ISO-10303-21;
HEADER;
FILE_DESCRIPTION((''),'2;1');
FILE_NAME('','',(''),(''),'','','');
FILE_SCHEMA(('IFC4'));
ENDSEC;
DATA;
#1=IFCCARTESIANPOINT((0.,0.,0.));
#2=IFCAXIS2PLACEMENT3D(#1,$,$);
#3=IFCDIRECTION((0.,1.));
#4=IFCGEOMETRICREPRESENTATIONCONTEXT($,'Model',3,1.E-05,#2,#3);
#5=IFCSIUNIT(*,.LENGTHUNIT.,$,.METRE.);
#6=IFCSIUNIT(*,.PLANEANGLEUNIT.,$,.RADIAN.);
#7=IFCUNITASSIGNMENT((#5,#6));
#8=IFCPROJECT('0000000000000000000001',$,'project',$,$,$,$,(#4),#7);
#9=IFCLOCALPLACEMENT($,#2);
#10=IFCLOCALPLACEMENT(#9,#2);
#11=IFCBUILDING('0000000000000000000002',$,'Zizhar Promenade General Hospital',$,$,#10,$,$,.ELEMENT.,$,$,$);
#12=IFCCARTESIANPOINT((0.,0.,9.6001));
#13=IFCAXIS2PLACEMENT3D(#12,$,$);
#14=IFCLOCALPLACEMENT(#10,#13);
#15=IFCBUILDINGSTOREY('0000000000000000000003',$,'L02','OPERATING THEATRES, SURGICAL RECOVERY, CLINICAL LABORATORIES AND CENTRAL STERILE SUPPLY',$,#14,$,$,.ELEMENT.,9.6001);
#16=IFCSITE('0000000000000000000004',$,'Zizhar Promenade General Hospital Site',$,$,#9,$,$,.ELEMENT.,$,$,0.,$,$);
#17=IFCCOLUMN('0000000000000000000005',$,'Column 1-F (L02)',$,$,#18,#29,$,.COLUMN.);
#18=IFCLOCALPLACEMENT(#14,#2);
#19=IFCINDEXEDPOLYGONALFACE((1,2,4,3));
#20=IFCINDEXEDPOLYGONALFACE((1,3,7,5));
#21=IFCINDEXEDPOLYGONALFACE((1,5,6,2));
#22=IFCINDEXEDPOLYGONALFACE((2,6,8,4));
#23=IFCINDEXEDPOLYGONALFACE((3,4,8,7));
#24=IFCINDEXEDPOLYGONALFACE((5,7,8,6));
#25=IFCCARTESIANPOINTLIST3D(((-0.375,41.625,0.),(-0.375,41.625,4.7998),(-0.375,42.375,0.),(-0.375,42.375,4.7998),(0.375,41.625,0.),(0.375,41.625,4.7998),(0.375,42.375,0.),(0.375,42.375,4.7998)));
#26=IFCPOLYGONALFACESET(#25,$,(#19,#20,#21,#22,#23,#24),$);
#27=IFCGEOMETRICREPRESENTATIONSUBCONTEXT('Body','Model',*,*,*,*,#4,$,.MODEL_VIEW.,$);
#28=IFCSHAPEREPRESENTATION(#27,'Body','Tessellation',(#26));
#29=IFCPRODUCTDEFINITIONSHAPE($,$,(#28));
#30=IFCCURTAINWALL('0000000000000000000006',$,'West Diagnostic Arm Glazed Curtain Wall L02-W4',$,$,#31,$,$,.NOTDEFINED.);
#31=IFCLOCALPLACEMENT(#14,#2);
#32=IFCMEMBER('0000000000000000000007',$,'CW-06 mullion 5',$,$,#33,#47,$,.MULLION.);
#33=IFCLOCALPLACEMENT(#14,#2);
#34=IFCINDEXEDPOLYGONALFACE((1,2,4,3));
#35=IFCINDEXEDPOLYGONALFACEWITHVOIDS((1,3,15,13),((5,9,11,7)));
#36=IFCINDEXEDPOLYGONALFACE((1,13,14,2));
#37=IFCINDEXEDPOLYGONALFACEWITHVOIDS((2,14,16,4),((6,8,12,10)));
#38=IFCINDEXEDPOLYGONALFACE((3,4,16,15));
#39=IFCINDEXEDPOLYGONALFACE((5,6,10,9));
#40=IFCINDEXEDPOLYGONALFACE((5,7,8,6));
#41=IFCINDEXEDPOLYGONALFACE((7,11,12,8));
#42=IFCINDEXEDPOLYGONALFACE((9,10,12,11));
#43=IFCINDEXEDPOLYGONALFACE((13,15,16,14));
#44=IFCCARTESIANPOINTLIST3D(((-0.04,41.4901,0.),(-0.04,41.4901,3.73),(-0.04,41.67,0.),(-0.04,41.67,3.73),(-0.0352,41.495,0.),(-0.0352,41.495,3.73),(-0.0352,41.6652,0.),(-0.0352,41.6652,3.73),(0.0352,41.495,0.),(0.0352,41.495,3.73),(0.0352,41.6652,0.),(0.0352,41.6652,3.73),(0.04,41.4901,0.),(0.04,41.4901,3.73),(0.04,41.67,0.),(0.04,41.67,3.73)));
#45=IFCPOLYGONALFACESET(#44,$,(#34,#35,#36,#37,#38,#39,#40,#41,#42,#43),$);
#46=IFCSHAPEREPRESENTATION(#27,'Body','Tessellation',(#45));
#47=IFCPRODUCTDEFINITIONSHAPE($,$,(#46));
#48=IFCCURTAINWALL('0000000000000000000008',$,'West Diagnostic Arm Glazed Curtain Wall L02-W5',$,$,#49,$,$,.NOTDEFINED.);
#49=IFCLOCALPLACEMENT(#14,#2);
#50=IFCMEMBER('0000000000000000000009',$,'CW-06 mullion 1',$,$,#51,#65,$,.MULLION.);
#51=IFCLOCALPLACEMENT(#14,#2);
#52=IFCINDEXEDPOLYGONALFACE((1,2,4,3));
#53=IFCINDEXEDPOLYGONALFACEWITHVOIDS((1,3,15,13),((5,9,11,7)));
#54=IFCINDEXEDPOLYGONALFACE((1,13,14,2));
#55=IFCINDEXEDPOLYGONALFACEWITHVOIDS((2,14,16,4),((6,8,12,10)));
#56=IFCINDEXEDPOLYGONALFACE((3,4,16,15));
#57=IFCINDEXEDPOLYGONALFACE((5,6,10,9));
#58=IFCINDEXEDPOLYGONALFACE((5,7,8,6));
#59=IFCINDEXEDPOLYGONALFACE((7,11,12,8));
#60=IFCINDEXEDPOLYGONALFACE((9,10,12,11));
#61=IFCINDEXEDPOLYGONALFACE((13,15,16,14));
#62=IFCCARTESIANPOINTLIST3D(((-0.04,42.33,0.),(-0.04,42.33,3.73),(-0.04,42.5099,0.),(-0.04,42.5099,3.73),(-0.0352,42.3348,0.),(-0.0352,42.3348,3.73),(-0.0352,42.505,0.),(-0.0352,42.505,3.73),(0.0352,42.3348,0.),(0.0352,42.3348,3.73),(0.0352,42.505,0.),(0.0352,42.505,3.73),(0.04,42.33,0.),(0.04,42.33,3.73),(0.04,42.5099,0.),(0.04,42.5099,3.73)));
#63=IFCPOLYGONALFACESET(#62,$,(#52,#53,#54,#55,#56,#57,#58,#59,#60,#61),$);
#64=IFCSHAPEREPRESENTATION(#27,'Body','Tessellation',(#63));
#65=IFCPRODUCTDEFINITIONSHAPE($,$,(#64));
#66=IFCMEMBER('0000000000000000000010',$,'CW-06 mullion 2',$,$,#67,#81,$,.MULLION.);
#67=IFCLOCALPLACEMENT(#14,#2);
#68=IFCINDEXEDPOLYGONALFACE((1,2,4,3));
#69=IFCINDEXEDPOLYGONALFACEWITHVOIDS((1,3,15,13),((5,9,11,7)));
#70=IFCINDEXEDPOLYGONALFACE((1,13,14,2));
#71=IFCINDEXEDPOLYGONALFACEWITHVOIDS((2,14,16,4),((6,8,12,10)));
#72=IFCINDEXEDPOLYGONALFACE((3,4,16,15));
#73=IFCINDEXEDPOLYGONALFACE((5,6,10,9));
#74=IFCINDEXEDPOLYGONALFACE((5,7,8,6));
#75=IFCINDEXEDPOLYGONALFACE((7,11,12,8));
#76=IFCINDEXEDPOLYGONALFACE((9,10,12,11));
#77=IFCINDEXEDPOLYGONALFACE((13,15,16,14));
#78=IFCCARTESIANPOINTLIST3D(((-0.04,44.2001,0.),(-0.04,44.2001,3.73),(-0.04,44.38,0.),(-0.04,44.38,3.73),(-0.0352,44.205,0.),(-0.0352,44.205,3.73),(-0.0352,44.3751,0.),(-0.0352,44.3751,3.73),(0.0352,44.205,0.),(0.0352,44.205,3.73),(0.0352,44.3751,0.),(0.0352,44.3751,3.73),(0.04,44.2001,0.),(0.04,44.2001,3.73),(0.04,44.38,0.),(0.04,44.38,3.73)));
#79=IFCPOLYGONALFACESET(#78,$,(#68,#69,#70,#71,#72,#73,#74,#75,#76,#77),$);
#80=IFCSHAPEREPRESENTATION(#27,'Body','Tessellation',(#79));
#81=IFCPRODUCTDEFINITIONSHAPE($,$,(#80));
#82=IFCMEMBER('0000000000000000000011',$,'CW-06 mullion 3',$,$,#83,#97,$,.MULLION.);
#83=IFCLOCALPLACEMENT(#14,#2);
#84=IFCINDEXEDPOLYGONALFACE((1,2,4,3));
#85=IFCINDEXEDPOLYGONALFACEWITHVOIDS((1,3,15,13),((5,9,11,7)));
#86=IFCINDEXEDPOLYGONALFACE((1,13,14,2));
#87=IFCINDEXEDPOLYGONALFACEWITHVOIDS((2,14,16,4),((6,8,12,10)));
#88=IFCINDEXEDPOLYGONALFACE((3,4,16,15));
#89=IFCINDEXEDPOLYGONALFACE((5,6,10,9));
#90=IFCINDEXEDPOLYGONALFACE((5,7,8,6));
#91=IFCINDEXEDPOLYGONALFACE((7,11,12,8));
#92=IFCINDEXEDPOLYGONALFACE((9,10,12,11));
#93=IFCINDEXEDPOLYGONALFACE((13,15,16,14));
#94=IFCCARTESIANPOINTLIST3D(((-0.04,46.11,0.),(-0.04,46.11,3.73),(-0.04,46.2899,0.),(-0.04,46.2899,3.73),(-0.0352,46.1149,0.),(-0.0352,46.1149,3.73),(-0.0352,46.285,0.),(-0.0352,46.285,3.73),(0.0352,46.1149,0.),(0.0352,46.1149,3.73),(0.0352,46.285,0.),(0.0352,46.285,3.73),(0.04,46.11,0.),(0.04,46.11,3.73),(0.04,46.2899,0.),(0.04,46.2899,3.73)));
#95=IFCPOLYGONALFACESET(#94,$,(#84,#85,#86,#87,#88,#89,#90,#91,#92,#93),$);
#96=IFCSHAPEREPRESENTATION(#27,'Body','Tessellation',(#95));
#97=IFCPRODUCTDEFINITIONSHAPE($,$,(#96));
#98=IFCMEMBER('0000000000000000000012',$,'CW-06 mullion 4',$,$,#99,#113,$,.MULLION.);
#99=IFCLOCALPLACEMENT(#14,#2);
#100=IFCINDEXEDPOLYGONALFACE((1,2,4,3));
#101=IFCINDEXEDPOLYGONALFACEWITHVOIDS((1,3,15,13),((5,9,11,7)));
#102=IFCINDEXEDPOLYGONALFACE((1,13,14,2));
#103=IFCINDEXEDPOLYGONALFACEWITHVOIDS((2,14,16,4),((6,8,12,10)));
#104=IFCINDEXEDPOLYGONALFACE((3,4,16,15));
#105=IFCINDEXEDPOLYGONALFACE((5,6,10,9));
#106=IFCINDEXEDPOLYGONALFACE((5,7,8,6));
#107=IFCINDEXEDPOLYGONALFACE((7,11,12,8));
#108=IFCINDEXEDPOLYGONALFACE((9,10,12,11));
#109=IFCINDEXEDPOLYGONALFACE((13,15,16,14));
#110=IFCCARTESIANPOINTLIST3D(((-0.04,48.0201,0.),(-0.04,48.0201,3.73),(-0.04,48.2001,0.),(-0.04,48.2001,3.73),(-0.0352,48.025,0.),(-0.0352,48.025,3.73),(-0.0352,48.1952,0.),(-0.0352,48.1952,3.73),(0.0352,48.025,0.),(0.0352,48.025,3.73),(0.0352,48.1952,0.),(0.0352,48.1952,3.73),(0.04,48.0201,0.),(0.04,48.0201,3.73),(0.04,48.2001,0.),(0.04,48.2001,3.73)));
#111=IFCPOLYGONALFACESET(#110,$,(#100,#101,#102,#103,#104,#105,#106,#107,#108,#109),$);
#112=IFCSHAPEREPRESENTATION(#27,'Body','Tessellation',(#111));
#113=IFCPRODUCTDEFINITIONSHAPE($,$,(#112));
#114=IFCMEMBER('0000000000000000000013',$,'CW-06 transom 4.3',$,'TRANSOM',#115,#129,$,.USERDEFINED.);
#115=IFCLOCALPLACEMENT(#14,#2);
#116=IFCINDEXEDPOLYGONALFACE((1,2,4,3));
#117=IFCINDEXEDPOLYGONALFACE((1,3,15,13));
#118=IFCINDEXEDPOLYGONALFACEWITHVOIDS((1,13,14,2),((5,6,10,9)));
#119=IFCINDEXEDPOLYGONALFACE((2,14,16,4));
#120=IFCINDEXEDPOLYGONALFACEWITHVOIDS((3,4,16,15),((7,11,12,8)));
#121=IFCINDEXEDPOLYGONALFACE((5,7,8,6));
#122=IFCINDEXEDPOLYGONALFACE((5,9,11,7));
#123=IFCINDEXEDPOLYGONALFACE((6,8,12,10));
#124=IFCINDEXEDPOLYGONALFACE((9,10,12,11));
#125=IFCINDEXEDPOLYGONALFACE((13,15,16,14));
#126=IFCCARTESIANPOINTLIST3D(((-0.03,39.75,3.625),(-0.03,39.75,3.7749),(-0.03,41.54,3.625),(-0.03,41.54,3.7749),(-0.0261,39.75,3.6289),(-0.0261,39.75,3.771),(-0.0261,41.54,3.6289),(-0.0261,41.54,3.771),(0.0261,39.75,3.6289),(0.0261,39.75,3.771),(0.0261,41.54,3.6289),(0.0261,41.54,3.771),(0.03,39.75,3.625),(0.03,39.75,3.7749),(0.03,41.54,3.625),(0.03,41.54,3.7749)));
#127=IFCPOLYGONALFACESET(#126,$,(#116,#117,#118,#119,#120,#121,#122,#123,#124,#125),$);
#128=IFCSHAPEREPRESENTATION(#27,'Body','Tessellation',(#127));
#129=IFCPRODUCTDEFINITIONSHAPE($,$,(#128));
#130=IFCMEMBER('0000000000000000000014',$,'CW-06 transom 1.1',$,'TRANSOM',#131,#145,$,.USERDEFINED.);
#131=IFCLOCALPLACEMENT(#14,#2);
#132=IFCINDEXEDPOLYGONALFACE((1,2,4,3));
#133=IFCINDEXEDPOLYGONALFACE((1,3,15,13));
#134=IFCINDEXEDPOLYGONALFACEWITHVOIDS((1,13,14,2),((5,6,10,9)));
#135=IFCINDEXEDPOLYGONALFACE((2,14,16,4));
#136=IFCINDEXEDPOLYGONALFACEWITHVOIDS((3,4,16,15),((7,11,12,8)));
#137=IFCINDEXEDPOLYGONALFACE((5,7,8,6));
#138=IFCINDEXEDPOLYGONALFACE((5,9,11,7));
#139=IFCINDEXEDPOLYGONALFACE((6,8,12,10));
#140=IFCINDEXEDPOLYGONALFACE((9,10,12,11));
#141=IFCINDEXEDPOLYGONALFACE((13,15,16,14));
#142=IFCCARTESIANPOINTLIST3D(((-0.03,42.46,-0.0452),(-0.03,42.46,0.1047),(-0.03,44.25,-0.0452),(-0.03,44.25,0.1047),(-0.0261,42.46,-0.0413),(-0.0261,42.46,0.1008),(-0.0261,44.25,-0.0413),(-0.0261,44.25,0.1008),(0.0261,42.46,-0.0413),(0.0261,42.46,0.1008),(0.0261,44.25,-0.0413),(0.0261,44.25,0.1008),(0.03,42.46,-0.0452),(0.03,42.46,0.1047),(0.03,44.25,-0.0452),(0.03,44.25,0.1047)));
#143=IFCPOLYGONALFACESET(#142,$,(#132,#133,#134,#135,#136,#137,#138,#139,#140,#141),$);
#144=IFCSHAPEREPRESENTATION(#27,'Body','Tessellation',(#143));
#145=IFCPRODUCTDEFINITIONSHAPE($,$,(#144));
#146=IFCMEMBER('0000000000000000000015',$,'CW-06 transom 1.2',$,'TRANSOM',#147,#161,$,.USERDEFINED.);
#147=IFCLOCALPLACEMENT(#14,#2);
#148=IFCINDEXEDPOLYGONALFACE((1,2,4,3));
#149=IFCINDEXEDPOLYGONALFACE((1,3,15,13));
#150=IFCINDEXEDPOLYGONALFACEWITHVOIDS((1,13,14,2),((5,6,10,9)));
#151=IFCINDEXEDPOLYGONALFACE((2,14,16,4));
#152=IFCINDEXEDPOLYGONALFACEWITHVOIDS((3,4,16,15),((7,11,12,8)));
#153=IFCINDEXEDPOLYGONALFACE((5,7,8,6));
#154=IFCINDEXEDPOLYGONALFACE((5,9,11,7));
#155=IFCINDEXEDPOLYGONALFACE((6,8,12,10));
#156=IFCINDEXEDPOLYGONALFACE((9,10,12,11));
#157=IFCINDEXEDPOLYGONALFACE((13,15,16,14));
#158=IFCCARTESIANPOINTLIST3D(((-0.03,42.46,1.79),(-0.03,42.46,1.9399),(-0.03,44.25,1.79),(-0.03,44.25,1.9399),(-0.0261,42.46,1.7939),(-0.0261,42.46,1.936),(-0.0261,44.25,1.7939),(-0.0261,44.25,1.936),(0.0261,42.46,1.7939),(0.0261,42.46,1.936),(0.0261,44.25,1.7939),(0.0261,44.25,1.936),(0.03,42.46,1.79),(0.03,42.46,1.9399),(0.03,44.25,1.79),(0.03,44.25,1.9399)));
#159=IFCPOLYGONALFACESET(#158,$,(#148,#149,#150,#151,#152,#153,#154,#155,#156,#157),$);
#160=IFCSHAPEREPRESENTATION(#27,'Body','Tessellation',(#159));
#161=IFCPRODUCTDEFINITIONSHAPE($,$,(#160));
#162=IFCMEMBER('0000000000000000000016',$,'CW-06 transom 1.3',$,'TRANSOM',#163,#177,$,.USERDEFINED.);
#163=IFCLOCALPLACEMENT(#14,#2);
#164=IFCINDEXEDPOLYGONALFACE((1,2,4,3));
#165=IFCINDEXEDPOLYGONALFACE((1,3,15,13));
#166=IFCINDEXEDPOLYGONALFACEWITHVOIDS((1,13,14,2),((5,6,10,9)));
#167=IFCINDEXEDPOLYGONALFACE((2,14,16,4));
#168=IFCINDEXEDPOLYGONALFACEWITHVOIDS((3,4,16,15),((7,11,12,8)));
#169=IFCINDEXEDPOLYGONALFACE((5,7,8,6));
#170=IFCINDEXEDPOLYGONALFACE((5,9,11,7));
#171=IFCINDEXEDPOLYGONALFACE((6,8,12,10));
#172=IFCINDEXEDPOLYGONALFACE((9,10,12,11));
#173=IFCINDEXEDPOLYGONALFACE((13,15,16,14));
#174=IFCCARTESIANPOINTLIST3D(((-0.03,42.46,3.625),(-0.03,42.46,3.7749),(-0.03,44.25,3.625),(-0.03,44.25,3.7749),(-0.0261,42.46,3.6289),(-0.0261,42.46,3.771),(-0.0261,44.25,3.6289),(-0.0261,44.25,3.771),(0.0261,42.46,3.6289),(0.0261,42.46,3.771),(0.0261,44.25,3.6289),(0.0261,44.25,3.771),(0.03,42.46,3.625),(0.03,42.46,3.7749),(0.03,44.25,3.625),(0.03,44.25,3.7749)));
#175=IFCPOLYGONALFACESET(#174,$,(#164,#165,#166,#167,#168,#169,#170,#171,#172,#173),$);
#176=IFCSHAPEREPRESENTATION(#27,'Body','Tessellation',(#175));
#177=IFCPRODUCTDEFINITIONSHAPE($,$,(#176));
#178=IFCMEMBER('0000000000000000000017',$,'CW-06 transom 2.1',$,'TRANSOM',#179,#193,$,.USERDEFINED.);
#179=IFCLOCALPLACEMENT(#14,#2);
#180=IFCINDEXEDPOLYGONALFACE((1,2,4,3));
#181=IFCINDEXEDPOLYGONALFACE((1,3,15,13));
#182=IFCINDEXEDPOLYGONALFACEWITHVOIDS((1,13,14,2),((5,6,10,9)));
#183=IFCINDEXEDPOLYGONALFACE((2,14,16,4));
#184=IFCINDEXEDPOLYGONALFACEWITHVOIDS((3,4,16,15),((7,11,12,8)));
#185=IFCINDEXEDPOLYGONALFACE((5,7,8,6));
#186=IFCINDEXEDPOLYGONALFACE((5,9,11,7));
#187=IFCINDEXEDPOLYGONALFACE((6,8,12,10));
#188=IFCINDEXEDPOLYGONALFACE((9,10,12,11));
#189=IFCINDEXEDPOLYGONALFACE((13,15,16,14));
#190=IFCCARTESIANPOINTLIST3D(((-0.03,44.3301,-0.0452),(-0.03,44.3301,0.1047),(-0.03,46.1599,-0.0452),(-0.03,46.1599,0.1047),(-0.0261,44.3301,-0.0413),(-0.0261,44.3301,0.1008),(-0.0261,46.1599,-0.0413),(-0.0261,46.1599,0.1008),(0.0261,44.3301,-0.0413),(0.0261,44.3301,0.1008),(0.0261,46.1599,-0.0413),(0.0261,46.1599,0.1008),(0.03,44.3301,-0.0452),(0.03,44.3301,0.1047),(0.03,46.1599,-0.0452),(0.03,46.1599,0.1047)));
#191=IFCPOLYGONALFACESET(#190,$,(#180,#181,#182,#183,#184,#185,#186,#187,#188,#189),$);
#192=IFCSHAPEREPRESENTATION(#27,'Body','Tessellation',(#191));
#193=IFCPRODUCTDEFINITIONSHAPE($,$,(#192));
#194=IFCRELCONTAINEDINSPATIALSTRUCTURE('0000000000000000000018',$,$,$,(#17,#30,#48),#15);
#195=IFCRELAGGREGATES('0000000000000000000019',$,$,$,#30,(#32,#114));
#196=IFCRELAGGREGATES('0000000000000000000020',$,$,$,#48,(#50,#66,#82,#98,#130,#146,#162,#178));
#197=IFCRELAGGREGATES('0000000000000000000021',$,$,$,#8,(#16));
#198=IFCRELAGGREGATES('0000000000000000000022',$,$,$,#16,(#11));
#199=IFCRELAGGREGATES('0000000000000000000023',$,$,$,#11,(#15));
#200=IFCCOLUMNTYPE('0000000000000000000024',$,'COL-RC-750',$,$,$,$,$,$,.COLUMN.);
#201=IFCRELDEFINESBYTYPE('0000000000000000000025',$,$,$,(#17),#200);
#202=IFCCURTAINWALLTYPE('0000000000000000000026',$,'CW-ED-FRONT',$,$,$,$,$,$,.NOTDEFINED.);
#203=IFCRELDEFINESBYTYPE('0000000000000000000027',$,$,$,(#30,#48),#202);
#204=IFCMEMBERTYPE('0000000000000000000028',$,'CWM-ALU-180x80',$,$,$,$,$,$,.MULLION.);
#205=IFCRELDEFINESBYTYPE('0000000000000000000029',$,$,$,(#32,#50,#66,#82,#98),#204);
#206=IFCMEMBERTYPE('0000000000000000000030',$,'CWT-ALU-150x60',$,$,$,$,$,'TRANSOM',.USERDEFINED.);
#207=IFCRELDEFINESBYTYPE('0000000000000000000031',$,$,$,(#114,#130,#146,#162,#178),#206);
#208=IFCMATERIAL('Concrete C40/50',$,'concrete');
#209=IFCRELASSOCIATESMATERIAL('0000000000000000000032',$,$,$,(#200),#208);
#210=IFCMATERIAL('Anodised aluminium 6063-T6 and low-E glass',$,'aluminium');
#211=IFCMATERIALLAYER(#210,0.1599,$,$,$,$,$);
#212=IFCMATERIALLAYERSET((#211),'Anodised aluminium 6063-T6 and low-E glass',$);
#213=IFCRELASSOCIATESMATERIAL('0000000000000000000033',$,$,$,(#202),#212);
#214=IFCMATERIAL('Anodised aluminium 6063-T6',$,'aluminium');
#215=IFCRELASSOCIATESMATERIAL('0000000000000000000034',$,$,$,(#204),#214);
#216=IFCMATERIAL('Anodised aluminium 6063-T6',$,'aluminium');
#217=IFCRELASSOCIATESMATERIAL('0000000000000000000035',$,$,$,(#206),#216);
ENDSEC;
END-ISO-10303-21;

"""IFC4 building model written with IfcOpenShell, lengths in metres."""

from ifc_helpers import new_model, si_unit, direction, frame, origin, origin_2d, place, context, subcontext, project, spatial, rectangle, hollow_rectangle, extrude, material, layer, layer_set, material_profile, profile_set, type_object, element, aggregate, save


model = new_model("IFC4")

# Units and contexts
model_context = context("Model", 3, precision=1e-05, world=origin(), true_north=direction((0.0, 1.0)))
body_context = subcontext(model_context, "Body", "Model", "MODEL_VIEW")
ifc_project = project(units=[si_unit("LENGTHUNIT", "METRE"), si_unit("PLANEANGLEUNIT", "RADIAN")], contexts=[model_context])

# Site, building, storey
site_placement = place(None, origin())
site = spatial("IfcSite", under=ifc_project, at=site_placement, Name="Zizhar Promenade General Hospital Site", CompositionType="ELEMENT", RefElevation=0.0)
building_placement = place(site_placement, origin())
building = spatial("IfcBuilding", under=site, at=building_placement, Name="Zizhar Promenade General Hospital", CompositionType="ELEMENT")
storey_placement = place(building_placement, frame((0.0, 0.0, 9.6001)))
storey = spatial("IfcBuildingStorey", under=building, at=storey_placement, Name="L02", Description="OPERATING THEATRES, SURGICAL RECOVERY, CLINICAL LABORATORIES AND CENTRAL STERILE SUPPLY", CompositionType="ELEMENT", Elevation=9.6001)

# Column
ifc_material_1 = material(Name="Concrete C40/50", Category="concrete")
ifc_material_profile_1 = material_profile(ifc_material_1, rectangle(XDim=0.75, YDim=0.75, at=origin_2d()))
ifc_profile_set_1 = profile_set([ifc_material_profile_1], Name="Concrete C40/50")
column_type = type_object("IfcColumnType", Name="COL-RC-750", PredefinedType="COLUMN", material=ifc_profile_set_1)
column_placement = place(storey_placement, frame((0.0, 42.0, 0.0), z_axis=(0.0, 0.0, 1.0), x_axis=(1.0, 0.0, 0.0)))
element("IfcColumn", 1, at=column_placement, inside=storey, type_object=column_type, Name="Column 1-F (L02)", PredefinedType="COLUMN", context=body_context, shape_type="SweptSolid", body=[
    extrude(rectangle(XDim=0.75, YDim=0.75, at=origin_2d()), origin(), (0.0, 0.0, 1.0), 4.7998),
])

# Curtain wall, member
ifc_material_2 = material(Name="Anodised aluminium 6063-T6 and low-E glass", Category="aluminium")
ifc_layer_1 = layer(ifc_material_2, 0.1599)
ifc_layer_set_1 = layer_set([ifc_layer_1], Name="Anodised aluminium 6063-T6 and low-E glass")
curtain_wall_type = type_object("IfcCurtainWallType", Name="CW-ED-FRONT", PredefinedType="NOTDEFINED", material=ifc_layer_set_1)
curtain_wall_1_placement = place(storey_placement, origin())
curtain_wall_1 = element("IfcCurtainWall", 2, at=curtain_wall_1_placement, inside=storey, type_object=curtain_wall_type, Name="West Diagnostic Arm Glazed Curtain Wall L02-W4", PredefinedType="NOTDEFINED")
ifc_material_3 = material(Name="Anodised aluminium 6063-T6", Category="aluminium")
ifc_material_profile_2 = material_profile(ifc_material_3, hollow_rectangle(XDim=0.0801, YDim=0.1799, WallThickness=0.0049, at=origin_2d()))
ifc_profile_set_2 = profile_set([ifc_material_profile_2], Name="Anodised aluminium 6063-T6")
member_type_1 = type_object("IfcMemberType", Name="CWM-ALU-180x80", PredefinedType="MULLION", material=ifc_profile_set_2)
member_1_placement = place(storey_placement, frame((0.0, 41.5801, 0.0), z_axis=(0.0, 0.0, 1.0), x_axis=(-1.0, 0.0, 0.0)))
member_1 = element("IfcMember", 3, at=member_1_placement, type_object=member_type_1, Name="CW-06 mullion 5", PredefinedType="MULLION", context=body_context, shape_type="SweptSolid", body=[
    extrude(hollow_rectangle(XDim=0.0801, YDim=0.1799, WallThickness=0.0049, at=origin_2d()), origin(), (0.0, 0.0, 1.0), 3.73),
])

# Curtain wall, members
curtain_wall_2_placement = place(storey_placement, origin())
curtain_wall_2 = element("IfcCurtainWall", 4, at=curtain_wall_2_placement, inside=storey, type_object=curtain_wall_type, Name="West Diagnostic Arm Glazed Curtain Wall L02-W5", PredefinedType="NOTDEFINED")
member_2_placement = place(storey_placement, frame((0.0, 42.4199, 0.0), z_axis=(0.0, 0.0, 1.0), x_axis=(-1.0, 0.0, 0.0)))
member_2 = element("IfcMember", 5, at=member_2_placement, type_object=member_type_1, Name="CW-06 mullion 1", PredefinedType="MULLION", context=body_context, shape_type="SweptSolid", body=[
    extrude(hollow_rectangle(XDim=0.0801, YDim=0.1799, WallThickness=0.0049, at=origin_2d()), origin(), (0.0, 0.0, 1.0), 3.73),
])
member_3_placement = place(storey_placement, frame((0.0, 44.29, 0.0), z_axis=(0.0, 0.0, 1.0), x_axis=(-1.0, 0.0, 0.0)))
member_3 = element("IfcMember", 6, at=member_3_placement, type_object=member_type_1, Name="CW-06 mullion 2", PredefinedType="MULLION", context=body_context, shape_type="SweptSolid", body=[
    extrude(hollow_rectangle(XDim=0.0801, YDim=0.1799, WallThickness=0.0049, at=origin_2d()), origin(), (0.0, 0.0, 1.0), 3.73),
])
member_4_placement = place(storey_placement, frame((0.0, 46.2, 0.0), z_axis=(0.0, 0.0, 1.0), x_axis=(-1.0, 0.0, 0.0)))
member_4 = element("IfcMember", 7, at=member_4_placement, type_object=member_type_1, Name="CW-06 mullion 3", PredefinedType="MULLION", context=body_context, shape_type="SweptSolid", body=[
    extrude(hollow_rectangle(XDim=0.0801, YDim=0.1799, WallThickness=0.0049, at=origin_2d()), origin(), (0.0, 0.0, 1.0), 3.73),
])
member_5_placement = place(storey_placement, frame((0.0, 48.1101, 0.0), z_axis=(0.0, 0.0, 1.0), x_axis=(-1.0, 0.0, 0.0)))
member_5 = element("IfcMember", 8, at=member_5_placement, type_object=member_type_1, Name="CW-06 mullion 4", PredefinedType="MULLION", context=body_context, shape_type="SweptSolid", body=[
    extrude(hollow_rectangle(XDim=0.0801, YDim=0.1799, WallThickness=0.0049, at=origin_2d()), origin(), (0.0, 0.0, 1.0), 3.73),
])

# Members
ifc_material_4 = material(Name="Anodised aluminium 6063-T6", Category="aluminium")
ifc_material_profile_3 = material_profile(ifc_material_4, hollow_rectangle(XDim=0.0601, YDim=0.1499, WallThickness=0.0039, at=origin_2d()))
ifc_profile_set_3 = profile_set([ifc_material_profile_3], Name="Anodised aluminium 6063-T6")
member_type_2 = type_object("IfcMemberType", Name="CWT-ALU-150x60", ElementType="TRANSOM", PredefinedType="USERDEFINED", material=ifc_profile_set_3)
member_6_placement = place(storey_placement, frame((0.0, 39.75, 3.7), z_axis=(0.0, 1.0, 0.0), x_axis=(-1.0, 0.0, 0.0)))
member_6 = element("IfcMember", 9, at=member_6_placement, type_object=member_type_2, Name="CW-06 transom 4.3", ObjectType="TRANSOM", PredefinedType="USERDEFINED", context=body_context, shape_type="SweptSolid", body=[
    extrude(hollow_rectangle(XDim=0.0601, YDim=0.1499, WallThickness=0.0039, at=origin_2d()), origin(), (0.0, 0.0, 1.0), 1.79),
])
member_7_placement = place(storey_placement, frame((0.0, 42.46, 0.0298), z_axis=(0.0, 1.0, 0.0), x_axis=(-1.0, 0.0, 0.0)))
member_7 = element("IfcMember", 10, at=member_7_placement, type_object=member_type_2, Name="CW-06 transom 1.1", ObjectType="TRANSOM", PredefinedType="USERDEFINED", context=body_context, shape_type="SweptSolid", body=[
    extrude(hollow_rectangle(XDim=0.0601, YDim=0.1499, WallThickness=0.0039, at=origin_2d()), origin(), (0.0, 0.0, 1.0), 1.79),
])
member_8_placement = place(storey_placement, frame((0.0, 42.46, 1.865), z_axis=(0.0, 1.0, 0.0), x_axis=(-1.0, 0.0, 0.0)))
member_8 = element("IfcMember", 11, at=member_8_placement, type_object=member_type_2, Name="CW-06 transom 1.2", ObjectType="TRANSOM", PredefinedType="USERDEFINED", context=body_context, shape_type="SweptSolid", body=[
    extrude(hollow_rectangle(XDim=0.0601, YDim=0.1499, WallThickness=0.0039, at=origin_2d()), origin(), (0.0, 0.0, 1.0), 1.79),
])
member_9_placement = place(storey_placement, frame((0.0, 42.46, 3.7), z_axis=(0.0, 1.0, 0.0), x_axis=(-1.0, 0.0, 0.0)))
member_9 = element("IfcMember", 12, at=member_9_placement, type_object=member_type_2, Name="CW-06 transom 1.3", ObjectType="TRANSOM", PredefinedType="USERDEFINED", context=body_context, shape_type="SweptSolid", body=[
    extrude(hollow_rectangle(XDim=0.0601, YDim=0.1499, WallThickness=0.0039, at=origin_2d()), origin(), (0.0, 0.0, 1.0), 1.79),
])
member_10_placement = place(storey_placement, frame((0.0, 44.3301, 0.0298), z_axis=(0.0, 1.0, 0.0), x_axis=(-1.0, 0.0, 0.0)))
member_10 = element("IfcMember", 13, at=member_10_placement, type_object=member_type_2, Name="CW-06 transom 2.1", ObjectType="TRANSOM", PredefinedType="USERDEFINED", context=body_context, shape_type="SweptSolid", body=[
    extrude(hollow_rectangle(XDim=0.0601, YDim=0.1499, WallThickness=0.0039, at=origin_2d()), origin(), (0.0, 0.0, 1.0), 1.8298),
])

aggregate(curtain_wall_1, [member_1, member_6])
aggregate(curtain_wall_2, [member_2, member_3, member_4, member_5, member_7, member_8, member_9, member_10])

save(model, "model.ifc")
